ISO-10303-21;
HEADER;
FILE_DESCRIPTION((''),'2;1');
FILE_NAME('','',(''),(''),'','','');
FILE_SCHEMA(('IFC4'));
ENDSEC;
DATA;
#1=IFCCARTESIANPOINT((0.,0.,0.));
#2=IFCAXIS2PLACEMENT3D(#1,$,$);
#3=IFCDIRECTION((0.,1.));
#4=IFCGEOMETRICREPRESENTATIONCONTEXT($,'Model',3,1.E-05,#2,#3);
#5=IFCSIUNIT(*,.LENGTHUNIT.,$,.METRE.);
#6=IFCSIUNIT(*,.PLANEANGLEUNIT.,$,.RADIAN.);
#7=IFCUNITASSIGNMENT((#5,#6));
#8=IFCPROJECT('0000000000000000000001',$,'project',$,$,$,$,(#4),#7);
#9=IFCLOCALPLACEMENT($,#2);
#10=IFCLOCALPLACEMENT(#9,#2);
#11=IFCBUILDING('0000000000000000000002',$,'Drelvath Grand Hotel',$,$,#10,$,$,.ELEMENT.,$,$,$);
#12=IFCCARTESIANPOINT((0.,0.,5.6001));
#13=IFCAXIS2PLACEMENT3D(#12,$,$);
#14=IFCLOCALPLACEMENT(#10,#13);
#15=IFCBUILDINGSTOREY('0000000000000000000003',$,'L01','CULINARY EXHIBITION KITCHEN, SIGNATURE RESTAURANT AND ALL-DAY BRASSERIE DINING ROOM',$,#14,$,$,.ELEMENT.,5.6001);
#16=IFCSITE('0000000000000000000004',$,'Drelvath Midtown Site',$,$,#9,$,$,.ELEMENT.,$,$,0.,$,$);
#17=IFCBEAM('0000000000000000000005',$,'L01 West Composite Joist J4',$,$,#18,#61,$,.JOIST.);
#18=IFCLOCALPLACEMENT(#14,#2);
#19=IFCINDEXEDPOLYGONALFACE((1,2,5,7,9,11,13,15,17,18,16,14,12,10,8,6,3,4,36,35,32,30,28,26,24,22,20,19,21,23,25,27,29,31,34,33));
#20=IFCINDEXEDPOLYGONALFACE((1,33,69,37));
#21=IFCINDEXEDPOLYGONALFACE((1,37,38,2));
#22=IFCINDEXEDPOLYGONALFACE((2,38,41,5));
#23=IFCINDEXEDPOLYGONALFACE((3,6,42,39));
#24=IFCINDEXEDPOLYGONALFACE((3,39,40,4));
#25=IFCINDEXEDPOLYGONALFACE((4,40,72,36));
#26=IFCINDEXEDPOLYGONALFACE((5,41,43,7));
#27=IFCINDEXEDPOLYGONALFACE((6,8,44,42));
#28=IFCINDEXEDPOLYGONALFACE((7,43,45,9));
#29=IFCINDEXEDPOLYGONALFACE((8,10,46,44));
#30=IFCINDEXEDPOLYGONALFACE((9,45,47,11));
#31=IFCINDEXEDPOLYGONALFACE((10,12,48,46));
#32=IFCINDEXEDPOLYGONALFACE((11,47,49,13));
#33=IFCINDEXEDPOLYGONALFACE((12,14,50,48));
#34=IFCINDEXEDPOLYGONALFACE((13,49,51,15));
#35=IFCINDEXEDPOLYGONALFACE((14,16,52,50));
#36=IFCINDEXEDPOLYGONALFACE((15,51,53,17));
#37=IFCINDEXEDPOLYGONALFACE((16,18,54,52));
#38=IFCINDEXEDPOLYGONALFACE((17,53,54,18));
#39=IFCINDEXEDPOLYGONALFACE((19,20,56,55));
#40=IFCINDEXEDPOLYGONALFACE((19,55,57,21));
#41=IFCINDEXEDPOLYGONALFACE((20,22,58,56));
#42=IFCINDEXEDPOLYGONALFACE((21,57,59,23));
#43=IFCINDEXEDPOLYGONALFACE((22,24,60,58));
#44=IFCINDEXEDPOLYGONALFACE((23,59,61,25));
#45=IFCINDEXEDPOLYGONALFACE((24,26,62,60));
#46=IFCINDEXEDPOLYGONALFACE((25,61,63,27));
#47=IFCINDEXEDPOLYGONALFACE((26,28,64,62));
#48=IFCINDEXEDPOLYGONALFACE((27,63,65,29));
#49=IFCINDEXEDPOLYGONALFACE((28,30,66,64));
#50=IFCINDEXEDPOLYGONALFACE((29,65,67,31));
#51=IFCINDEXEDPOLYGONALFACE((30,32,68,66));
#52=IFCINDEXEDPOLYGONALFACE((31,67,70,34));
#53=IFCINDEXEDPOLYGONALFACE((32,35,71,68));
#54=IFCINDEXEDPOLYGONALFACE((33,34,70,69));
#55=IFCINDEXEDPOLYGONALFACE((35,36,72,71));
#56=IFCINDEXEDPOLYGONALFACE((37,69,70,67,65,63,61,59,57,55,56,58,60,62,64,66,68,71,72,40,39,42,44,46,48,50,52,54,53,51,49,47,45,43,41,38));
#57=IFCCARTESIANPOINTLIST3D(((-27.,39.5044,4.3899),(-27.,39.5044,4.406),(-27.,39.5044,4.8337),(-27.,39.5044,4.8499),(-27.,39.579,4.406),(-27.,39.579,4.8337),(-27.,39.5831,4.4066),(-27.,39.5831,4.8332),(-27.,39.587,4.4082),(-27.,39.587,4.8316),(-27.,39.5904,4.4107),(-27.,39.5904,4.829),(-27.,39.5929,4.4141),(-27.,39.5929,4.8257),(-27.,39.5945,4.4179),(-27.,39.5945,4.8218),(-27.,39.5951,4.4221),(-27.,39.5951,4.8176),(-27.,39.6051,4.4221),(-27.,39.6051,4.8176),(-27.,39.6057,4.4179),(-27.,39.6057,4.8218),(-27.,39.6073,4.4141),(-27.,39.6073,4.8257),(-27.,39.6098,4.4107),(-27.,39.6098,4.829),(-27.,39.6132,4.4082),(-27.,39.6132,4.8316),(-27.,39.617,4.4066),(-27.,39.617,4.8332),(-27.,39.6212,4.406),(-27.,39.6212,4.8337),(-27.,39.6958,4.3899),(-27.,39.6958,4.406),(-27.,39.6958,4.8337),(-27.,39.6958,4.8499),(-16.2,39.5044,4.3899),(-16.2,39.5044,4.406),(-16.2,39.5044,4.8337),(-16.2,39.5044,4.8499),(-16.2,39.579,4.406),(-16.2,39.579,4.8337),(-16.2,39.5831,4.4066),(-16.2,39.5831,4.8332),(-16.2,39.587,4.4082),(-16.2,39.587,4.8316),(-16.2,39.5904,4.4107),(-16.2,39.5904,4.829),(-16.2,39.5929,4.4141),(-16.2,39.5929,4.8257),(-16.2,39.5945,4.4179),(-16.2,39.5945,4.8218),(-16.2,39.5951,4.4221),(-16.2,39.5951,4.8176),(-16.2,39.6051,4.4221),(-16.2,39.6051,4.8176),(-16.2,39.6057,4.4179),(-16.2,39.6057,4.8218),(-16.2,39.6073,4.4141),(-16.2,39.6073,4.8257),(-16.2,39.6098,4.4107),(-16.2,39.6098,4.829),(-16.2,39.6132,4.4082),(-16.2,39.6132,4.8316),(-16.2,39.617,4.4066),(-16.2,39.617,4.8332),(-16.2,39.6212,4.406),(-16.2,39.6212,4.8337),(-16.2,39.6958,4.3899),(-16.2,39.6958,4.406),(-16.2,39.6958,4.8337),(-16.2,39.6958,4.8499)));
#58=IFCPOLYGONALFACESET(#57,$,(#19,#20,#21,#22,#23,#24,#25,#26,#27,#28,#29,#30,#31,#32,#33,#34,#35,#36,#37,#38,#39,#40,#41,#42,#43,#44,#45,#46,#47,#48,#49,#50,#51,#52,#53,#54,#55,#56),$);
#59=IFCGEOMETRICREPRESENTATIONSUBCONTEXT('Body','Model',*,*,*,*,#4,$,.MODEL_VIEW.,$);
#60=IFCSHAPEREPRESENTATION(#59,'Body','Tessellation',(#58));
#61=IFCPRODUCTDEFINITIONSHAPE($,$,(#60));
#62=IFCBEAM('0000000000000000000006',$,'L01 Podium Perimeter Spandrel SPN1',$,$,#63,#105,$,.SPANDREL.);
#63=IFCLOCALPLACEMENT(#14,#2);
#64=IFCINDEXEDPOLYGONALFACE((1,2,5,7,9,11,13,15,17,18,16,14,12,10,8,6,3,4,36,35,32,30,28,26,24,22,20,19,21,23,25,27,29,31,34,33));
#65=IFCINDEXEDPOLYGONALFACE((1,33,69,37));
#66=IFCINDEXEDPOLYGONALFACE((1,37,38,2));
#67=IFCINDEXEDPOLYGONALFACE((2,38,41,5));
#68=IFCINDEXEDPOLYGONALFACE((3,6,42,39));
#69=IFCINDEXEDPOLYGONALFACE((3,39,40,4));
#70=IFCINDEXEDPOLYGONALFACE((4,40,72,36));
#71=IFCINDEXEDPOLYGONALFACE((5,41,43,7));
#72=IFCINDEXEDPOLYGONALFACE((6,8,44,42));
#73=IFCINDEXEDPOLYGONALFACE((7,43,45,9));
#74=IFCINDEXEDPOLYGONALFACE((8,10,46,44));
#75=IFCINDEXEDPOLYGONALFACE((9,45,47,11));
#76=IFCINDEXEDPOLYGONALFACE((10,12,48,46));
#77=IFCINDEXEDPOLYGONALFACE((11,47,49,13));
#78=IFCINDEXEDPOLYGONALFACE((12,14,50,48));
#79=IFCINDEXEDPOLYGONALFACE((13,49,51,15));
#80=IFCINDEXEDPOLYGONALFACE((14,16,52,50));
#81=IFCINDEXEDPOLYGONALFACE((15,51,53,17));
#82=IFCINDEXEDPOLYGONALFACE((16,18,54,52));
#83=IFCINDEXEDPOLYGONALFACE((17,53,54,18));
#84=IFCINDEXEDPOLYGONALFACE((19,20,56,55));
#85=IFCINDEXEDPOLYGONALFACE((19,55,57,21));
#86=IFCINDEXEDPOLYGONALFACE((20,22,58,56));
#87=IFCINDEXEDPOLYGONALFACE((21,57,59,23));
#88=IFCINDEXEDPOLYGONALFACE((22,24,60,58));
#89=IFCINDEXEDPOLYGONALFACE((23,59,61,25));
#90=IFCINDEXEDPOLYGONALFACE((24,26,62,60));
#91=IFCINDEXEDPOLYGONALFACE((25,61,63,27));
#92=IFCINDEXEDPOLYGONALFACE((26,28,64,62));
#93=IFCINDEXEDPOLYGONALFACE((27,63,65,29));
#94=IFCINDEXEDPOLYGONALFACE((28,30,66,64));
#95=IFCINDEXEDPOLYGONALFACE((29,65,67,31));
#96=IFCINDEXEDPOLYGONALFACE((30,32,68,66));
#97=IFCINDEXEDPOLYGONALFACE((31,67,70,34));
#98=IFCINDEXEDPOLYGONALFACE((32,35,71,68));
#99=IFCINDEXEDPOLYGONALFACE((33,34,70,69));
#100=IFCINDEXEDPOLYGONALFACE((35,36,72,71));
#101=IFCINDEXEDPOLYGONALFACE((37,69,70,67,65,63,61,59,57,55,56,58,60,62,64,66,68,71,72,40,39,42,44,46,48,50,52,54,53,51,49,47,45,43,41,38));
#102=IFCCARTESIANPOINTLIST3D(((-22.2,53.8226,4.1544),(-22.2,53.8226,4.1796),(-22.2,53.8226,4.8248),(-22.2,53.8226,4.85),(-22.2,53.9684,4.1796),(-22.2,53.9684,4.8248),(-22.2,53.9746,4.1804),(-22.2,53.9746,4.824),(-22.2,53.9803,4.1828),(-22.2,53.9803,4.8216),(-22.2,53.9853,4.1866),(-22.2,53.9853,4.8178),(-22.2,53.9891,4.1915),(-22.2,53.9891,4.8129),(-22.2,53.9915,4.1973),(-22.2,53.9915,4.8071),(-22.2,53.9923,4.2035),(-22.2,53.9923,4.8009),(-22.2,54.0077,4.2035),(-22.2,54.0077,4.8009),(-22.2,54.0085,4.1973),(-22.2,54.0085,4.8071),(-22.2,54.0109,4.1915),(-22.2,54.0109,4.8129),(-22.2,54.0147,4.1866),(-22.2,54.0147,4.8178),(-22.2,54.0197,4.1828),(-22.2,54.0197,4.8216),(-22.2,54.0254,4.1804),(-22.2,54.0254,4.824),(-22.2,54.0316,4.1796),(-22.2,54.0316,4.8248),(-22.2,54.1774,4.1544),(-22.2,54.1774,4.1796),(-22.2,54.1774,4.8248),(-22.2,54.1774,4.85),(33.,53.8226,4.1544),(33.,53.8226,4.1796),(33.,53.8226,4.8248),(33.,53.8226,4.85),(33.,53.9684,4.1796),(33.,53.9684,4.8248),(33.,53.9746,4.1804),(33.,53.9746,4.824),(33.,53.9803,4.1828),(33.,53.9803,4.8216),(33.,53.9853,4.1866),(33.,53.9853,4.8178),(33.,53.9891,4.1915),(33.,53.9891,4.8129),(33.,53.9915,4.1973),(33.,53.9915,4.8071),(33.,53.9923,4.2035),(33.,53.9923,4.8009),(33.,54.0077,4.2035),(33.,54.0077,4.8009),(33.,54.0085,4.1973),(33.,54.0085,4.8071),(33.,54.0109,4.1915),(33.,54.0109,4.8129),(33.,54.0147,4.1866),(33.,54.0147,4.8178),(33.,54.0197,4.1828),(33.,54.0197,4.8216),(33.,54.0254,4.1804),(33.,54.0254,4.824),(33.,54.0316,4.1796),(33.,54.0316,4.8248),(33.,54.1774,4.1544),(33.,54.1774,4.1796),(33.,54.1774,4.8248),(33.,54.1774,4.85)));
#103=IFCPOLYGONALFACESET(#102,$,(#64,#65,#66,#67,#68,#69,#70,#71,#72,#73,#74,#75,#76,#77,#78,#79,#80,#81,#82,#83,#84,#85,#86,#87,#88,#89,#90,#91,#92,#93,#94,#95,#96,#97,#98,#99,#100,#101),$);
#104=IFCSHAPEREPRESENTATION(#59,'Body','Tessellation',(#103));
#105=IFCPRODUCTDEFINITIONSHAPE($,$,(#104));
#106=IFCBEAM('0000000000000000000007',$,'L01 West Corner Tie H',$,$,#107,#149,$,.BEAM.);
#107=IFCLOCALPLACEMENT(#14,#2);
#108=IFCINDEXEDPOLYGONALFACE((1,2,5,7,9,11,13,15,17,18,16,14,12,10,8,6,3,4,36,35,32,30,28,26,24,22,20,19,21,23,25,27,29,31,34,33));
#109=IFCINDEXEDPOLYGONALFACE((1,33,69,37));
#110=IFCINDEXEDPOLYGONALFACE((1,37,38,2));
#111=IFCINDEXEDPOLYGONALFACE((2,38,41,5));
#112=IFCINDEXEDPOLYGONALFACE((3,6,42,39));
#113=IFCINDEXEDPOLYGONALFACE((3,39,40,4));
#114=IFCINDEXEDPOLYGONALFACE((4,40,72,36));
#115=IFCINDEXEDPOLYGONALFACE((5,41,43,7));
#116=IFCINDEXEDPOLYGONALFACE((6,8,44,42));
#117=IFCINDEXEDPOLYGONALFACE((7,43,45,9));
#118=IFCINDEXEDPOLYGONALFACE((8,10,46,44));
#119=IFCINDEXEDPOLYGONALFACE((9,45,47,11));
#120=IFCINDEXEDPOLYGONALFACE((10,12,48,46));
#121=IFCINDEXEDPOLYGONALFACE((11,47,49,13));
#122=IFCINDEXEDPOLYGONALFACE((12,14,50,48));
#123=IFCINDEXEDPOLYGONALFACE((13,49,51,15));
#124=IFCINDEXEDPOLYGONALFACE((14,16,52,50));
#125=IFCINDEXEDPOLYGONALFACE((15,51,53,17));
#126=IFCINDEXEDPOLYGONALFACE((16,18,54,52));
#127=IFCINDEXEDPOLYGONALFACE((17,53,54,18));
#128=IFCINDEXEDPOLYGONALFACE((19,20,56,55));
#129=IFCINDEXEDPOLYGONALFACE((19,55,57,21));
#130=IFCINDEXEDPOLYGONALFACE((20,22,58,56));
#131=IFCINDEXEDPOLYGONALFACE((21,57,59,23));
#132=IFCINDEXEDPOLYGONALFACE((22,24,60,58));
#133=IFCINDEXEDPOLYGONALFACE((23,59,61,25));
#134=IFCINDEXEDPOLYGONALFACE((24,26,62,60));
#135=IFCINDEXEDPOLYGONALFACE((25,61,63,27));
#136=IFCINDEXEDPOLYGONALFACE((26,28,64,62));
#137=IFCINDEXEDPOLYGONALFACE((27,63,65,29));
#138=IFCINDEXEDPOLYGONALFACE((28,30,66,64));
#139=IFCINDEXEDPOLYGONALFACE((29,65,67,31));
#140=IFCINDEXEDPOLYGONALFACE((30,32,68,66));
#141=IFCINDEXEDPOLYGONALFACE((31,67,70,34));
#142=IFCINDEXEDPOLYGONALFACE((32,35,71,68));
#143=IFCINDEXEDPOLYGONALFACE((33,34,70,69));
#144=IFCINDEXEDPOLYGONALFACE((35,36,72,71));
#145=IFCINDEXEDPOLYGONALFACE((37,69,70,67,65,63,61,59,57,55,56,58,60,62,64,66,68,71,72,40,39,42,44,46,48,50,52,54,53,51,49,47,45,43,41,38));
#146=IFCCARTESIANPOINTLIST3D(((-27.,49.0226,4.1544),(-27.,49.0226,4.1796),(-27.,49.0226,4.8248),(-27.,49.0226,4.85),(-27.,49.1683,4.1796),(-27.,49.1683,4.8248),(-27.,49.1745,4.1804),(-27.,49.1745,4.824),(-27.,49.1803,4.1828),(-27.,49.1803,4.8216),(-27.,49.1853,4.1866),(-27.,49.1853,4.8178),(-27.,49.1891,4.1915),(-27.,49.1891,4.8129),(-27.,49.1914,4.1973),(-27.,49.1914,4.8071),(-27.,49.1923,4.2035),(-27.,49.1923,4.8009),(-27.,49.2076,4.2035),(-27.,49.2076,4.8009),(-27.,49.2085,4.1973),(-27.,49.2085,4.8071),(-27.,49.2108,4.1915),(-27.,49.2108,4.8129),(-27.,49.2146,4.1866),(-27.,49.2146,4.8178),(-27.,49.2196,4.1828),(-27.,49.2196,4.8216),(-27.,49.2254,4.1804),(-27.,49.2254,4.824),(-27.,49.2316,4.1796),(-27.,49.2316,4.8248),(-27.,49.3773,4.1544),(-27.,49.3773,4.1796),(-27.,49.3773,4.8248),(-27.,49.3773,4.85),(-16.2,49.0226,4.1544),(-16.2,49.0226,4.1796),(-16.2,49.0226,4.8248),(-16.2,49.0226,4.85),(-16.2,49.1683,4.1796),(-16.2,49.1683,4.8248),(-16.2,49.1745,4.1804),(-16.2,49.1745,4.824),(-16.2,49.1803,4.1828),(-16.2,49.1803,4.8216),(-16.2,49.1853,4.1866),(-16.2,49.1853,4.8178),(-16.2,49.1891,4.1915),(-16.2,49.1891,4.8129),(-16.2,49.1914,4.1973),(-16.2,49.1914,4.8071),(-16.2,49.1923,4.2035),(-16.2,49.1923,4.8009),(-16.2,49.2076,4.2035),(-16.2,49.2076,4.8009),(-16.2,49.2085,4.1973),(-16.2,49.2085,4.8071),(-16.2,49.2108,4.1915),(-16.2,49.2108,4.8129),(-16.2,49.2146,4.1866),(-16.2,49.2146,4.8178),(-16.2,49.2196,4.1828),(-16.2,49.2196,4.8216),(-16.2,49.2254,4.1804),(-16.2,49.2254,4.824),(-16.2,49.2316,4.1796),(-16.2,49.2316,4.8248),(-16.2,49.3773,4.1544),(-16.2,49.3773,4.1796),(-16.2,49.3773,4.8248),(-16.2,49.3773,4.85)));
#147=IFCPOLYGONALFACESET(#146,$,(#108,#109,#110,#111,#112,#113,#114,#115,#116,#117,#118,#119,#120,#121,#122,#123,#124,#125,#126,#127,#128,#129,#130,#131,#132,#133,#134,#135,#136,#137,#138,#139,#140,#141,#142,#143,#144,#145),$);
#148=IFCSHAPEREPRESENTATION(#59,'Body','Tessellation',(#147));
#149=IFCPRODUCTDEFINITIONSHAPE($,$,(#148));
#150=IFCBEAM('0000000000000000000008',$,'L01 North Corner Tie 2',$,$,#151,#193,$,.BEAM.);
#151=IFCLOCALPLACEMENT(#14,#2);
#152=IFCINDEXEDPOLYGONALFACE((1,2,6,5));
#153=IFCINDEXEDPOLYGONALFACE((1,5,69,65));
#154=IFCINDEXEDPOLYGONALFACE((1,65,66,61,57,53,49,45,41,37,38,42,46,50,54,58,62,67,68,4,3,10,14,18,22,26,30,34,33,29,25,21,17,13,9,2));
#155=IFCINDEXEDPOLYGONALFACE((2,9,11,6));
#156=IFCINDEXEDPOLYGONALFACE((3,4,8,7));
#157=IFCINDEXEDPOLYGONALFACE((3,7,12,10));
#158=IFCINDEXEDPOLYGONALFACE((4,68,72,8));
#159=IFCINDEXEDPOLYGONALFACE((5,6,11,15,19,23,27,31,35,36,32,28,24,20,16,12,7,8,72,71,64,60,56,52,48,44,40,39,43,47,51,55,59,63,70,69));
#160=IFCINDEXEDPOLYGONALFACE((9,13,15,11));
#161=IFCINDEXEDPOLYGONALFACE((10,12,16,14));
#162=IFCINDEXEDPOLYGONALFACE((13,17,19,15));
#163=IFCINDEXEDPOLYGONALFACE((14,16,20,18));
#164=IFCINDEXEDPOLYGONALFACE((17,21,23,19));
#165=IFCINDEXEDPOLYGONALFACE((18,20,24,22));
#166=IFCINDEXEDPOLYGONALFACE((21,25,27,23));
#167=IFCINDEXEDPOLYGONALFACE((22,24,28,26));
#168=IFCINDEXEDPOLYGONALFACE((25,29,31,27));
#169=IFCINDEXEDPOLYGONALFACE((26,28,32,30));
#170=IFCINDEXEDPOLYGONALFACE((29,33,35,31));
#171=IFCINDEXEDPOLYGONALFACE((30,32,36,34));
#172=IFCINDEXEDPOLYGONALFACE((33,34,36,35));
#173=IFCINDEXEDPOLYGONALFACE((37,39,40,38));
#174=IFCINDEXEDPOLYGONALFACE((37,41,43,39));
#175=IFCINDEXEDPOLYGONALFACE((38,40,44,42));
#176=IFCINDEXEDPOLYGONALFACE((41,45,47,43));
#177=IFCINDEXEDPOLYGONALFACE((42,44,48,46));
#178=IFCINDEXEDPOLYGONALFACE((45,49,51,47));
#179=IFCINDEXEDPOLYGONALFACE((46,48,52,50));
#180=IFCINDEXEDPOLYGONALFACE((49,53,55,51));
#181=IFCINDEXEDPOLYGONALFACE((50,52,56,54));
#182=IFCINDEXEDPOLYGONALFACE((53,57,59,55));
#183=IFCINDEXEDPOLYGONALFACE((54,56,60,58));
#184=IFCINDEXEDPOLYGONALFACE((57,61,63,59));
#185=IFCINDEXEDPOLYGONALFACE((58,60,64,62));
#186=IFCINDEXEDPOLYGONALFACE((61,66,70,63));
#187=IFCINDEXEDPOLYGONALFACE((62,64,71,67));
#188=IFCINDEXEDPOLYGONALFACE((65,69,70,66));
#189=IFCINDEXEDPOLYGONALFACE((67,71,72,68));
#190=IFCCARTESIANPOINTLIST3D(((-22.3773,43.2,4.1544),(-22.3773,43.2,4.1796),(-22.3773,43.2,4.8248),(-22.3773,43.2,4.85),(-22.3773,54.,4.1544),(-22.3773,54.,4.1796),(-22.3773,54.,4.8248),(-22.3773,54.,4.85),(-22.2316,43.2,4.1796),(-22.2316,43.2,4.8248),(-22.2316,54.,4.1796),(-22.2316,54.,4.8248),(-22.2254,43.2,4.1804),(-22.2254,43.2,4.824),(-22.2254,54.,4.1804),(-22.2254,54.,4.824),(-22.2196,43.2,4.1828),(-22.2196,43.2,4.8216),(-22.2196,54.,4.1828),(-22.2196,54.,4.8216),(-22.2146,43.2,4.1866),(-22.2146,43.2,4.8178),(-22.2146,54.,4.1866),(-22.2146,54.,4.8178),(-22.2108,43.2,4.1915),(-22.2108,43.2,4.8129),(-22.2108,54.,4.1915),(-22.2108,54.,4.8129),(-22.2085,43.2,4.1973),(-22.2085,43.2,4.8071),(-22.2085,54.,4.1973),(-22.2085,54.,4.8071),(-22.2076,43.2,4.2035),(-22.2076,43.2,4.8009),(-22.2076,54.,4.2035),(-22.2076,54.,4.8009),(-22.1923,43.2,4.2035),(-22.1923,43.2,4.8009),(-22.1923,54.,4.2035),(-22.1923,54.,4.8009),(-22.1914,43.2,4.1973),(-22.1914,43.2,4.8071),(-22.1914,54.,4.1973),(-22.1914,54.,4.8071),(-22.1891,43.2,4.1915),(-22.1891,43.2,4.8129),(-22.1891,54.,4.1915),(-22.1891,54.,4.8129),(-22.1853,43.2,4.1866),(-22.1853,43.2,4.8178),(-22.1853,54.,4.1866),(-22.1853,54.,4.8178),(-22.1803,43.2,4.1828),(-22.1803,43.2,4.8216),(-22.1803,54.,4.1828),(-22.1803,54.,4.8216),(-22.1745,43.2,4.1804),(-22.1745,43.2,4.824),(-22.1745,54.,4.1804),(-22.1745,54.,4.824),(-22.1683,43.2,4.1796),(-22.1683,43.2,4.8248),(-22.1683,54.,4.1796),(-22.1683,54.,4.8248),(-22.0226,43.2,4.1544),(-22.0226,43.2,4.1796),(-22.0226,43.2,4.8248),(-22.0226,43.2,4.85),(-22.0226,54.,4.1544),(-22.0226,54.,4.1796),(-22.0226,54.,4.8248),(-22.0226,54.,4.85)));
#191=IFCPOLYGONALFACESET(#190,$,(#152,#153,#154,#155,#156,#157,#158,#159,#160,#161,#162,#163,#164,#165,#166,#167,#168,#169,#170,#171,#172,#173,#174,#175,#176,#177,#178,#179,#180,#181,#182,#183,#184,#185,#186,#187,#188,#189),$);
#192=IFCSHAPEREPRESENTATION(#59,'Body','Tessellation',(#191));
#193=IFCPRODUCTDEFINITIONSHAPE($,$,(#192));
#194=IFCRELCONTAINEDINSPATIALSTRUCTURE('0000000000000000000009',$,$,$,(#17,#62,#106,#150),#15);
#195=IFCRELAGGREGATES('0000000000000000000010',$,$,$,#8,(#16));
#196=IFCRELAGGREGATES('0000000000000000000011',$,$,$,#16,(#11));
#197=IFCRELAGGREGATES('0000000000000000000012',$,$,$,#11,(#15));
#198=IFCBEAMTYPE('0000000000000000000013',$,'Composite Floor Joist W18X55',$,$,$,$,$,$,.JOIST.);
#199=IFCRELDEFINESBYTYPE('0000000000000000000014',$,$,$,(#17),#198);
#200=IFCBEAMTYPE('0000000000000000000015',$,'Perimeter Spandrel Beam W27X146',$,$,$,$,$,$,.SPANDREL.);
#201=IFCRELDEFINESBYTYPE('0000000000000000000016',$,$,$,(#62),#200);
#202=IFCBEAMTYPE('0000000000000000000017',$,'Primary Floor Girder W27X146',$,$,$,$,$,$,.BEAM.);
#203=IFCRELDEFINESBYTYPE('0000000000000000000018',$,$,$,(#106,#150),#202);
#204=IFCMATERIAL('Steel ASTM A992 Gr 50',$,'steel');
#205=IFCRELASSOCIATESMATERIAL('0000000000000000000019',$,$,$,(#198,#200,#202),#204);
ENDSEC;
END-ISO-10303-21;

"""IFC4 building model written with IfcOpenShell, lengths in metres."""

from ifc_helpers import new_model, si_unit, direction, frame, origin, origin_2d, place, context, subcontext, project, spatial, i_section, extrude, material, material_profile, profile_set, type_object, element, save


model = new_model("IFC4")

# Units and contexts
model_context = context("Model", 3, precision=1e-05, world=origin(), true_north=direction((0.0, 1.0)))
body_context = subcontext(model_context, "Body", "Model", "MODEL_VIEW")
ifc_project = project(units=[si_unit("LENGTHUNIT", "METRE"), si_unit("PLANEANGLEUNIT", "RADIAN")], contexts=[model_context])

# Site, building, storey
site_placement = place(None, origin())
site = spatial("IfcSite", under=ifc_project, at=site_placement, Name="Drelvath Midtown Site", CompositionType="ELEMENT", RefElevation=0.0)
building_placement = place(site_placement, origin())
building = spatial("IfcBuilding", under=site, at=building_placement, Name="Drelvath Grand Hotel", CompositionType="ELEMENT")
storey_placement = place(building_placement, frame((0.0, 0.0, 5.6001)))
storey = spatial("IfcBuildingStorey", under=building, at=storey_placement, Name="L01", Description="CULINARY EXHIBITION KITCHEN, SIGNATURE RESTAURANT AND ALL-DAY BRASSERIE DINING ROOM", CompositionType="ELEMENT", Elevation=5.6001)

# Beams
ifc_material_1 = material(Name="Steel ASTM A992 Gr 50", Category="steel")
ifc_material_profile_1 = material_profile(ifc_material_1, i_section(OverallWidth=0.1914, OverallDepth=0.46, WebThickness=0.01, FlangeThickness=0.0161, FilletRadius=0.0161, at=origin_2d()), Name="W18X55")
ifc_profile_set_1 = profile_set([ifc_material_profile_1], Name="Steel ASTM A992 Gr 50")
beam_type_1 = type_object("IfcBeamType", Name="Composite Floor Joist W18X55", PredefinedType="JOIST", material=ifc_profile_set_1)
beam_1_placement = place(storey_placement, frame((-27.0, 39.6001, 4.6199), z_axis=(1.0, 0.0, 0.0), x_axis=(0.0, 1.0, 0.0)))
element("IfcBeam", 1, at=beam_1_placement, inside=storey, type_object=beam_type_1, Name="L01 West Composite Joist J4", PredefinedType="JOIST", context=body_context, shape_type="SweptSolid", body=[
    extrude(i_section(OverallWidth=0.1914, OverallDepth=0.46, WebThickness=0.01, FlangeThickness=0.0161, FilletRadius=0.0161, at=origin_2d()), origin(), (0.0, 0.0, 1.0), 10.8),
])
ifc_material_profile_2 = material_profile(ifc_material_1, i_section(OverallWidth=0.3547, OverallDepth=0.6956, WebThickness=0.0154, FlangeThickness=0.0251, FilletRadius=0.0239, at=origin_2d()), Name="W27X146")
ifc_profile_set_2 = profile_set([ifc_material_profile_2], Name="Steel ASTM A992 Gr 50")
beam_type_2 = type_object("IfcBeamType", Name="Perimeter Spandrel Beam W27X146", PredefinedType="SPANDREL", material=ifc_profile_set_2)
beam_2_placement = place(storey_placement, frame((-22.2, 54.0, 4.5022), z_axis=(1.0, 0.0, 0.0), x_axis=(0.0, 1.0, 0.0)))
element("IfcBeam", 2, at=beam_2_placement, inside=storey, type_object=beam_type_2, Name="L01 Podium Perimeter Spandrel SPN1", PredefinedType="SPANDREL", context=body_context, shape_type="SweptSolid", body=[
    extrude(i_section(OverallWidth=0.3547, OverallDepth=0.6956, WebThickness=0.0154, FlangeThickness=0.0251, FilletRadius=0.0239, at=origin_2d()), origin(), (0.0, 0.0, 1.0), 55.2),
])
ifc_material_profile_3 = material_profile(ifc_material_1, i_section(OverallWidth=0.3547, OverallDepth=0.6956, WebThickness=0.0154, FlangeThickness=0.0251, FilletRadius=0.0239, at=origin_2d()), Name="W27X146")
ifc_profile_set_3 = profile_set([ifc_material_profile_3], Name="Steel ASTM A992 Gr 50")
beam_type_3 = type_object("IfcBeamType", Name="Primary Floor Girder W27X146", PredefinedType="BEAM", material=ifc_profile_set_3)
for number, where, z_axis, x_axis, name in (
    (3, (-27.0, 49.2, 4.5022), (1.0, 0.0, 0.0), (0.0, 1.0, 0.0), "L01 West Corner Tie H"),
    (4, (-22.2, 43.2, 4.5022), (0.0, 1.0, 0.0), (-1.0, 0.0, 0.0), "L01 North Corner Tie 2"),
):
    element("IfcBeam", number, at=place(storey_placement, frame(where, z_axis=z_axis, x_axis=x_axis)), inside=storey, type_object=beam_type_3, Name=name, PredefinedType="BEAM", context=body_context, shape_type="SweptSolid", body=[
        extrude(i_section(OverallWidth=0.3547, OverallDepth=0.6956, WebThickness=0.0154, FlangeThickness=0.0251, FilletRadius=0.0239, at=origin_2d()), origin(), (0.0, 0.0, 1.0), 10.8),
    ])

save(model, "model.ifc")
